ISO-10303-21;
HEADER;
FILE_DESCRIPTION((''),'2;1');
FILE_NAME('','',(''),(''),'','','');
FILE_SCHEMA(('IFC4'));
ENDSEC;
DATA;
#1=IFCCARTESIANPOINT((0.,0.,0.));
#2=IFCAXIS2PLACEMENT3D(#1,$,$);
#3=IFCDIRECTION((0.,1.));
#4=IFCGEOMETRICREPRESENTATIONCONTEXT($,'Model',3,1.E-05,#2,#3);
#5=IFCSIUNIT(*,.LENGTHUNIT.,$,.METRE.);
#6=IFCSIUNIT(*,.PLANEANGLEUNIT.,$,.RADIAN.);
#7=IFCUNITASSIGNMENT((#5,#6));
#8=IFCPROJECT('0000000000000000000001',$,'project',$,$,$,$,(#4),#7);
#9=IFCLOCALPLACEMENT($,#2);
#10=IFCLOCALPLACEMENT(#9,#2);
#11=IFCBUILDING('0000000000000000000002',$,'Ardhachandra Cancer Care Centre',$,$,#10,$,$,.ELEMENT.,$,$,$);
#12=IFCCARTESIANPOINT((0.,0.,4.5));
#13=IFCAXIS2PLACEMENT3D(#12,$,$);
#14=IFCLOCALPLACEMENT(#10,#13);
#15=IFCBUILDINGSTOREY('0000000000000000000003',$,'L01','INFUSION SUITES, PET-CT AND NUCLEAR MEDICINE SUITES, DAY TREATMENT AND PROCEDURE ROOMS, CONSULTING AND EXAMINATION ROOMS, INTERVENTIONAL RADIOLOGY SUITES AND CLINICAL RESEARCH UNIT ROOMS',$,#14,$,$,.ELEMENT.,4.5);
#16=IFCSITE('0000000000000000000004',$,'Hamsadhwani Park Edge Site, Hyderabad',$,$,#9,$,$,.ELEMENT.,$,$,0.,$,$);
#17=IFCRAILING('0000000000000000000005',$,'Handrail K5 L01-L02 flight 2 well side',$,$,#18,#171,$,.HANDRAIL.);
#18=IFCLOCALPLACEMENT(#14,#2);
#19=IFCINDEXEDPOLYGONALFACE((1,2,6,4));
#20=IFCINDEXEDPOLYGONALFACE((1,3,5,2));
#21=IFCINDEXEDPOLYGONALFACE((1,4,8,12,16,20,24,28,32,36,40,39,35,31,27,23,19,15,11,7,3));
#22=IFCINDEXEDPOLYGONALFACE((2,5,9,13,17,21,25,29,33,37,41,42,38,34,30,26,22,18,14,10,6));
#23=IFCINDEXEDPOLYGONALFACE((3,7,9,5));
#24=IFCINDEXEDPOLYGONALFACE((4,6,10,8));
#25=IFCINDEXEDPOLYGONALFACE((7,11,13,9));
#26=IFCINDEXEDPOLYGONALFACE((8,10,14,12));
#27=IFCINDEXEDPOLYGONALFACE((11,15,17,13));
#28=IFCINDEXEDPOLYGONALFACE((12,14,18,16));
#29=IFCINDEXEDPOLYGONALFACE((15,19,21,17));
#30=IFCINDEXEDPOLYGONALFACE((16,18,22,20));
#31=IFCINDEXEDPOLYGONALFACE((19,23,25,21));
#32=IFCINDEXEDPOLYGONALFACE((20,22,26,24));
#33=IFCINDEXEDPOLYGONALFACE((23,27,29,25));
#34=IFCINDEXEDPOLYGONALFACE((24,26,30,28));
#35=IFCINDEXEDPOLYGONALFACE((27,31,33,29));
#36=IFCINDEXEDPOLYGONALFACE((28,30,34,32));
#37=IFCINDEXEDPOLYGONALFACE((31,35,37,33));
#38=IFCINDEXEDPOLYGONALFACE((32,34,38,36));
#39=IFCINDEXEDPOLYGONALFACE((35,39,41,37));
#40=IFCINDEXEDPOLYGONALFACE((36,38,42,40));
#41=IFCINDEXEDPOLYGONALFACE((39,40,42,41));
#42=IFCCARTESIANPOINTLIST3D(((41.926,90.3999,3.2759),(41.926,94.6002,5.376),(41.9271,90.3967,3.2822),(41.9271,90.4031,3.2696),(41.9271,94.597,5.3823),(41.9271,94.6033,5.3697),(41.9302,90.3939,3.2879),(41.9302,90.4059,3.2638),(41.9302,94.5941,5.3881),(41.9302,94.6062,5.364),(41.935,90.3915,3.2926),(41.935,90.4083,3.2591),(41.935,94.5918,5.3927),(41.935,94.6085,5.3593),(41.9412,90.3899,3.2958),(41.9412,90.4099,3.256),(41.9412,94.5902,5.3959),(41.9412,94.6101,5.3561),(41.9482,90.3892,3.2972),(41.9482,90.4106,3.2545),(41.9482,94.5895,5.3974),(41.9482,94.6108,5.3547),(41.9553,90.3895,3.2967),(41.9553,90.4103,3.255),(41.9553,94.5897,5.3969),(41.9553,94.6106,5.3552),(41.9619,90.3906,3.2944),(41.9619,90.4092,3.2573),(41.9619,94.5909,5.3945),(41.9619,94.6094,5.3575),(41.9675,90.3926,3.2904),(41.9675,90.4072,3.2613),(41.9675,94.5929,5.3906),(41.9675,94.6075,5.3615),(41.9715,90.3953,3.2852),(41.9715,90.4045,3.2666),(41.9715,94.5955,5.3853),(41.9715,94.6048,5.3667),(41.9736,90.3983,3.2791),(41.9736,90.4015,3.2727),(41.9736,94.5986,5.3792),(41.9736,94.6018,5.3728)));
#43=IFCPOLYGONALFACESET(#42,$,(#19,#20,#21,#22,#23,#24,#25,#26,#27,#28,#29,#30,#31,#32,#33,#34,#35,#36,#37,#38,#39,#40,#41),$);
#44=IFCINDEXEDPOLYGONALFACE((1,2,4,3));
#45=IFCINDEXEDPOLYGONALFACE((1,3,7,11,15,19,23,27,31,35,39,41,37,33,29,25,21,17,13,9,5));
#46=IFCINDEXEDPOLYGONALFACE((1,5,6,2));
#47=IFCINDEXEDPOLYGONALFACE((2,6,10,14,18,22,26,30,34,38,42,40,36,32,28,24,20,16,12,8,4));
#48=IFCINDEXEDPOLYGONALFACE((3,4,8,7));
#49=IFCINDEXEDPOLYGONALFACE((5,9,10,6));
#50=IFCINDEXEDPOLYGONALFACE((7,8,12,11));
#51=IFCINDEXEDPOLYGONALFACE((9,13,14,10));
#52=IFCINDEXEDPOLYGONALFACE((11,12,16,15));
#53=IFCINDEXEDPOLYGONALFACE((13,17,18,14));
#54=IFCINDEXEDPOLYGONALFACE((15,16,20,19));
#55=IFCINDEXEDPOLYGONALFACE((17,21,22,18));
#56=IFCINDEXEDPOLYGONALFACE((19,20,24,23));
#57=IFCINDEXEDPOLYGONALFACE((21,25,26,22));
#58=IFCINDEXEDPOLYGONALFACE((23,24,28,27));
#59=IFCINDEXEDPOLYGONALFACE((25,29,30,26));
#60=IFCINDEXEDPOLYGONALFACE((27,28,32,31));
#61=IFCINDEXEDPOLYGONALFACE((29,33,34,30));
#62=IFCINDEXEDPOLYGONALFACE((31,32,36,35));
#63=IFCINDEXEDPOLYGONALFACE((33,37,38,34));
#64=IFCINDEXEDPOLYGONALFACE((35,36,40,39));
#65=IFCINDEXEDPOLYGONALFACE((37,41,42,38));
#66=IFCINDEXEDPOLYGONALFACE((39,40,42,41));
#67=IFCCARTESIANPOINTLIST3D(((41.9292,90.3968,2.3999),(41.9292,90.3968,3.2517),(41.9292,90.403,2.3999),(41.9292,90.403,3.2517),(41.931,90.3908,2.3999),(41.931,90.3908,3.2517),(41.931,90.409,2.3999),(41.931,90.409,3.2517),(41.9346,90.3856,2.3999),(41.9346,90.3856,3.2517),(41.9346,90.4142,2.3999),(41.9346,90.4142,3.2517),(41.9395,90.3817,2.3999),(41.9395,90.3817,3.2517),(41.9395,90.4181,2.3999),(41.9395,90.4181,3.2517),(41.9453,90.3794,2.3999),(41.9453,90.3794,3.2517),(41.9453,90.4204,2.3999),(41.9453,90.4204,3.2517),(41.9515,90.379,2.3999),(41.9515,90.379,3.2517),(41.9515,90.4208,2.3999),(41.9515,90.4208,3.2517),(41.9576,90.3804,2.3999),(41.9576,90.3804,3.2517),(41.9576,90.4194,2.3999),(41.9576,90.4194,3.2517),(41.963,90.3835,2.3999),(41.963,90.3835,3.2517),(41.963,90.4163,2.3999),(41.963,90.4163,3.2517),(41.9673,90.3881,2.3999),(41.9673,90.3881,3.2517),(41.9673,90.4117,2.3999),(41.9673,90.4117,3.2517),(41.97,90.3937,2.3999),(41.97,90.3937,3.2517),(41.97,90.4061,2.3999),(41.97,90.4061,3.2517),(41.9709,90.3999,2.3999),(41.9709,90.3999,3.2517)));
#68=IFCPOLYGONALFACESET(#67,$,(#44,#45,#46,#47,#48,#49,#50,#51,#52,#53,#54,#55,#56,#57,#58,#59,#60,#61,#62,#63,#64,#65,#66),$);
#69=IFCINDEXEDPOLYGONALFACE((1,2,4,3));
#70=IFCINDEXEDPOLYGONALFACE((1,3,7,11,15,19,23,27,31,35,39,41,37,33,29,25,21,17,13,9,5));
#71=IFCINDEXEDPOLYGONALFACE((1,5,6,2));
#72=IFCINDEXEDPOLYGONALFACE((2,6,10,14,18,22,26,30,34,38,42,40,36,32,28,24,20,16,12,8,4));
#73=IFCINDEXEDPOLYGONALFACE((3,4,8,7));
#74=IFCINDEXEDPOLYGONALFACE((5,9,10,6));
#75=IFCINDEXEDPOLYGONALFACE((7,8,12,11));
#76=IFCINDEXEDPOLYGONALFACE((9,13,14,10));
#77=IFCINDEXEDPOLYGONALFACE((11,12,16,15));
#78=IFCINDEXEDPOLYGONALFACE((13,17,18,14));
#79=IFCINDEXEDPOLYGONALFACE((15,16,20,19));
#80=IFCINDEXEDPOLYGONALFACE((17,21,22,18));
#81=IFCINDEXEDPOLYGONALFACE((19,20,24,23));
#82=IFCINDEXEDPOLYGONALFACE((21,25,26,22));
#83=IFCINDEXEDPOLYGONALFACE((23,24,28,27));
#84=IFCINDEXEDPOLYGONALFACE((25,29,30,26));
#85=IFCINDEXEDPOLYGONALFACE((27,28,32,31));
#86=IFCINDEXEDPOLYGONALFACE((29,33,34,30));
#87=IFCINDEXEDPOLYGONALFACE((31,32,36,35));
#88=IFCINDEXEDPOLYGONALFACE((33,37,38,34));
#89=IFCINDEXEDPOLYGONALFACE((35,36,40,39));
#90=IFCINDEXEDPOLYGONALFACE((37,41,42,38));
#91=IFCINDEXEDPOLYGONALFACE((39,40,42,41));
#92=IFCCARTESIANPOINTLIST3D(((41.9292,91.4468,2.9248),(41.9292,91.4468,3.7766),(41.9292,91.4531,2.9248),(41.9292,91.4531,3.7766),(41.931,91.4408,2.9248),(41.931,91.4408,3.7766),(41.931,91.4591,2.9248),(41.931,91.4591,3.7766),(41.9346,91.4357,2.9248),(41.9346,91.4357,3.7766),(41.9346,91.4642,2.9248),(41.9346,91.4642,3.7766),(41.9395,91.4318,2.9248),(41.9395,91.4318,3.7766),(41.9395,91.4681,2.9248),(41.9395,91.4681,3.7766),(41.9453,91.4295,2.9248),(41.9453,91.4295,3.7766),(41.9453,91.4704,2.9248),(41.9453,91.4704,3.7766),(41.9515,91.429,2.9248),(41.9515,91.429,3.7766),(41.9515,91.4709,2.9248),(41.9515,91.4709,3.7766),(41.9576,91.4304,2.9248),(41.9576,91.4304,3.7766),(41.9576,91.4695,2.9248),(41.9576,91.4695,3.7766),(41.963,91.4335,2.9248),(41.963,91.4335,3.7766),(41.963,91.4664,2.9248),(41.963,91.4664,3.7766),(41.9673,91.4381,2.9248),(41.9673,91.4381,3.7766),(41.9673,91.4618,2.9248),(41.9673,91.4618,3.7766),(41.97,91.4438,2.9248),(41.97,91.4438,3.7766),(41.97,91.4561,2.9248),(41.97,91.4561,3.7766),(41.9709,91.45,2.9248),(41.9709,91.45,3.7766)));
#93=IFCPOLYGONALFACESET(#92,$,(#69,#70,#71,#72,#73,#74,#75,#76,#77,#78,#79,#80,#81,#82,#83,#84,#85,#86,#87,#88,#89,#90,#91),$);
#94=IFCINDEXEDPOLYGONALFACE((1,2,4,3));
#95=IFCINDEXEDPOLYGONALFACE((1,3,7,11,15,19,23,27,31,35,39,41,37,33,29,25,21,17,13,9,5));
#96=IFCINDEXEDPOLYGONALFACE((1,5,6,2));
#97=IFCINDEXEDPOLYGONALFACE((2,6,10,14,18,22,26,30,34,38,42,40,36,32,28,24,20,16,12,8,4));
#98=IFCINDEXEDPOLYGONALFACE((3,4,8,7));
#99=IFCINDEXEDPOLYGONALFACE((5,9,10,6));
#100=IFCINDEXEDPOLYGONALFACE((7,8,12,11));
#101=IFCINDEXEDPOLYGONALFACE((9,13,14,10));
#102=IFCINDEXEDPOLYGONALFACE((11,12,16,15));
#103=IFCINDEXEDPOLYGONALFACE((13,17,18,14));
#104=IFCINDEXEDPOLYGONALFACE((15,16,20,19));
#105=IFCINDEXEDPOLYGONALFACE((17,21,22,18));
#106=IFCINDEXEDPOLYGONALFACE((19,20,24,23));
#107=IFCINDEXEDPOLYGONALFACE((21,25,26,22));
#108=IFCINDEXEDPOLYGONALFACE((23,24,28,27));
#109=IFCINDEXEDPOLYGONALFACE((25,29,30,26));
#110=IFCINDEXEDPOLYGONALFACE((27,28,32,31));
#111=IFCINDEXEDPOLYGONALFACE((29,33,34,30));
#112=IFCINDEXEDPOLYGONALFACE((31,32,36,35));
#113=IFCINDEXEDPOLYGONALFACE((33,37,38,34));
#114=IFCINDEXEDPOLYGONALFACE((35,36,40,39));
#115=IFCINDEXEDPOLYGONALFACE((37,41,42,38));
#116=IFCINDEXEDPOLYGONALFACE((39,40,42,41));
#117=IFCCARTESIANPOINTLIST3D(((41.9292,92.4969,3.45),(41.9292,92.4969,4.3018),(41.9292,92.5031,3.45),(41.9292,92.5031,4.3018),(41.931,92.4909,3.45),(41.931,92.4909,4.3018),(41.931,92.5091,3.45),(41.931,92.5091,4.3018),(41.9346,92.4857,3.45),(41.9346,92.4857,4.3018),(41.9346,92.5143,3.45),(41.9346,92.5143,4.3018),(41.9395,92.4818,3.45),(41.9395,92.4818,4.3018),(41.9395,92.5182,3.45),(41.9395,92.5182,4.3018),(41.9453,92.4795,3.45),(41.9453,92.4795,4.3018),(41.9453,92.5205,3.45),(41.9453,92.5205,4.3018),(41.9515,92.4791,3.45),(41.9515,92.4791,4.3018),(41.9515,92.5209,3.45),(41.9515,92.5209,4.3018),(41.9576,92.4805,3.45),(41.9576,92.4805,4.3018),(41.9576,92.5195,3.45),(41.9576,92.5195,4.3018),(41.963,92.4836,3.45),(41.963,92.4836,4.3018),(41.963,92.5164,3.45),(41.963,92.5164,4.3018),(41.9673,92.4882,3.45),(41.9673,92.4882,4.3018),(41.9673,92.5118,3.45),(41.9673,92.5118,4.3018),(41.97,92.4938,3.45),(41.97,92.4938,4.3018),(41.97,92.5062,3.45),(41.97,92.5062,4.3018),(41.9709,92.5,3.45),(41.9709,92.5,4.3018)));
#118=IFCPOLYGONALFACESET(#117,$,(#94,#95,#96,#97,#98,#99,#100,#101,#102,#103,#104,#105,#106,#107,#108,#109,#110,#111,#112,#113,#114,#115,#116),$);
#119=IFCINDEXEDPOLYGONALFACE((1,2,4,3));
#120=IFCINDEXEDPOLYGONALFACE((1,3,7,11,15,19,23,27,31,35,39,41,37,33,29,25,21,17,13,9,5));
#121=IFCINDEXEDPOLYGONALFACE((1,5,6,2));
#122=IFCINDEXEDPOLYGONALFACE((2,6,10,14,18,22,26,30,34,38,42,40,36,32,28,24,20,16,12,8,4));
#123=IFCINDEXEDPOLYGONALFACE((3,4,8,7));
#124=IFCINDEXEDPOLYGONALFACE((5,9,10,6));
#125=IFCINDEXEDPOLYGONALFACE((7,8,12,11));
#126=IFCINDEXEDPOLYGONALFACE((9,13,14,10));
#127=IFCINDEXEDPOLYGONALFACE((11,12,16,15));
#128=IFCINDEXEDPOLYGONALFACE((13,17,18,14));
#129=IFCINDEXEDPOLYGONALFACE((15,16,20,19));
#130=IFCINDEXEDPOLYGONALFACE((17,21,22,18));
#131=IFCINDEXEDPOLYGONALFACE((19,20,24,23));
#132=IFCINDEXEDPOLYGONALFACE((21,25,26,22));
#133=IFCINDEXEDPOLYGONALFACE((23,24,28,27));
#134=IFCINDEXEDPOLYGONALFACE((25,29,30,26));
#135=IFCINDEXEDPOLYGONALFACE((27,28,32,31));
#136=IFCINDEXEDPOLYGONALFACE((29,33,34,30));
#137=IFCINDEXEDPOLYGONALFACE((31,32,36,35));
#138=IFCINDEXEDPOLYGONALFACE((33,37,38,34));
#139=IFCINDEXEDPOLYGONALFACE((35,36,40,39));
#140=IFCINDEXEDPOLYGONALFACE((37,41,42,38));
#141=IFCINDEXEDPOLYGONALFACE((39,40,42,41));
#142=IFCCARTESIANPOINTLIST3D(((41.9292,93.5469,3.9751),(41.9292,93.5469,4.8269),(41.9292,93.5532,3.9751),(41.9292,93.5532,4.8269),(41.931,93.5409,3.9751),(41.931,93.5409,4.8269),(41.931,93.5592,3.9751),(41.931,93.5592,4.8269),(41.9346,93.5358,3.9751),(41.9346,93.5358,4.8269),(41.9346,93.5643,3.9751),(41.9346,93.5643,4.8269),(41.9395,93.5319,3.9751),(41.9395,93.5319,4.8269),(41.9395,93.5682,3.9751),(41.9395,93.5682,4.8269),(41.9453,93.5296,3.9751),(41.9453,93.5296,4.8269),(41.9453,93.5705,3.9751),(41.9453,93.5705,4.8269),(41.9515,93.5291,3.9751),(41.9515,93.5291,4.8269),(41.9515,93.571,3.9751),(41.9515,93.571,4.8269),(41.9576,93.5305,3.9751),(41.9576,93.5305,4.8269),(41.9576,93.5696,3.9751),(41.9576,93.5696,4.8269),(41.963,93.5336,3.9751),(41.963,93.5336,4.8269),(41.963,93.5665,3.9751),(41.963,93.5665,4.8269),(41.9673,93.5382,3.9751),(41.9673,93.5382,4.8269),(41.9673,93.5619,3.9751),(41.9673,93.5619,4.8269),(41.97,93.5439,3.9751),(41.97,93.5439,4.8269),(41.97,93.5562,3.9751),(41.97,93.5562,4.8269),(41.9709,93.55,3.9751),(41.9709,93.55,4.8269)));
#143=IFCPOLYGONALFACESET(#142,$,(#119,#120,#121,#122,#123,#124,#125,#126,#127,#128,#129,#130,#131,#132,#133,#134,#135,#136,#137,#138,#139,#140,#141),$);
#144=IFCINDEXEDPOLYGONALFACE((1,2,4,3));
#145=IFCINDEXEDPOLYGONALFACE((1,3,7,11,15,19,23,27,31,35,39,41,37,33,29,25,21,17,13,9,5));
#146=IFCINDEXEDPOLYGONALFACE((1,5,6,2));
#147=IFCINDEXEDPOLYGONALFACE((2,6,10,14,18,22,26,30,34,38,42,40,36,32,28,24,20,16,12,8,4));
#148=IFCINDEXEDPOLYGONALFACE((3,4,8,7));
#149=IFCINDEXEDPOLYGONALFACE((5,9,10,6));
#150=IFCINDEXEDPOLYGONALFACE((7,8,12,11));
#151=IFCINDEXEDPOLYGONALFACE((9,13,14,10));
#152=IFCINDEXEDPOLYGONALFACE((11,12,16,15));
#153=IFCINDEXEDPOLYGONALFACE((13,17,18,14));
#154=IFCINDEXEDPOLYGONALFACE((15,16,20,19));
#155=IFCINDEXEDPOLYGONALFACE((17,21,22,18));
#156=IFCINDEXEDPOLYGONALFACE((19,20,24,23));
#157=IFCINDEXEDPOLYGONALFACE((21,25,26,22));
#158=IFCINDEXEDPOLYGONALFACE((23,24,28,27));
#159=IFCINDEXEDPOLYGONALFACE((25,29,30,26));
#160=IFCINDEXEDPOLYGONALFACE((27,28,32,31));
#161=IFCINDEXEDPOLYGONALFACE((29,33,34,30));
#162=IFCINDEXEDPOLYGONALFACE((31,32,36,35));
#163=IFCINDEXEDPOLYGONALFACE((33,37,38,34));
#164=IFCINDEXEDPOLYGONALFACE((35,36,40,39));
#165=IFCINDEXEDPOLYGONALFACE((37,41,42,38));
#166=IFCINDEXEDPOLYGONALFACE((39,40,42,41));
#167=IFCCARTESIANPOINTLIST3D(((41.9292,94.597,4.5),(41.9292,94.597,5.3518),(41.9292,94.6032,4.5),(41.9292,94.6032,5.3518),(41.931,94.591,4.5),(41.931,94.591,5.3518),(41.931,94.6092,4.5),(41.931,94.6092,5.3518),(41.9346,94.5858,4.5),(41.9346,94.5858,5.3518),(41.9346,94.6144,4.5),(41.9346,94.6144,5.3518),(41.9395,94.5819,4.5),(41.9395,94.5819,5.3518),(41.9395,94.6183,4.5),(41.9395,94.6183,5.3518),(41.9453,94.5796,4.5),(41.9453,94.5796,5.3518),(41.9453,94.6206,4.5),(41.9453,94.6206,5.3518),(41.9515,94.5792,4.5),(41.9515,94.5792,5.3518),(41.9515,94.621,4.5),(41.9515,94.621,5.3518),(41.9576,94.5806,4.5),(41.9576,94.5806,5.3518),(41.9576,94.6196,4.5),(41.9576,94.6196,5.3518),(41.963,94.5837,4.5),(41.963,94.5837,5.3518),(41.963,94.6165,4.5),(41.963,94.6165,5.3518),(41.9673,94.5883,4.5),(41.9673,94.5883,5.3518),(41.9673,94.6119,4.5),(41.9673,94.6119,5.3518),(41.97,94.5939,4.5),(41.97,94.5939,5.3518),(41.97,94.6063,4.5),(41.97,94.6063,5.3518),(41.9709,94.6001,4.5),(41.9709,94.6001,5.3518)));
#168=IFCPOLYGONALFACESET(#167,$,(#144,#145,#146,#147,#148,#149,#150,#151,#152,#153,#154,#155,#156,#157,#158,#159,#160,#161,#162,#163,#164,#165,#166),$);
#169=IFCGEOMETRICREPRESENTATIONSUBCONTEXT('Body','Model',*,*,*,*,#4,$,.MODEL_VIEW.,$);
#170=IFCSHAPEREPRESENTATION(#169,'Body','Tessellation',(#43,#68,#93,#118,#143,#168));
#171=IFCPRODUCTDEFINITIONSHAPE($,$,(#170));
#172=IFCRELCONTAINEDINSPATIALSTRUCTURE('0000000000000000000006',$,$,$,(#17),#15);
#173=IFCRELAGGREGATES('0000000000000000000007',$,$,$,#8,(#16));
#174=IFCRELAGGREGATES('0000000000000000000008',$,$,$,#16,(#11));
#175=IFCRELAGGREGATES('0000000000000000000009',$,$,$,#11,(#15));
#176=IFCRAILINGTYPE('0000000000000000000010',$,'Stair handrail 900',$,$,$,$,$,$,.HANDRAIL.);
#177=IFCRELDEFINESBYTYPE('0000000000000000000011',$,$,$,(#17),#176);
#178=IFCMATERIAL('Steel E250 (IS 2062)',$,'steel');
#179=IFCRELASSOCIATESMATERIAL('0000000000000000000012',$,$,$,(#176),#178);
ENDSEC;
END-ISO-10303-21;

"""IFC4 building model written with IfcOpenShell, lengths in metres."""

from ifc_helpers import new_model, si_unit, direction, frame, origin, origin_2d, place, context, subcontext, project, spatial, circle, extrude, material, type_object, element, save


model = new_model("IFC4")

# Units and contexts
model_context = context("Model", 3, precision=1e-05, world=origin(), true_north=direction((0.0, 1.0)))
body_context = subcontext(model_context, "Body", "Model", "MODEL_VIEW")
ifc_project = project(units=[si_unit("LENGTHUNIT", "METRE"), si_unit("PLANEANGLEUNIT", "RADIAN")], contexts=[model_context])

# Site, building, storey
site_placement = place(None, origin())
site = spatial("IfcSite", under=ifc_project, at=site_placement, Name="Hamsadhwani Park Edge Site, Hyderabad", CompositionType="ELEMENT", RefElevation=0.0)
building_placement = place(site_placement, origin())
building = spatial("IfcBuilding", under=site, at=building_placement, Name="Ardhachandra Cancer Care Centre", CompositionType="ELEMENT")
storey_placement = place(building_placement, frame((0.0, 0.0, 4.5)))
storey = spatial("IfcBuildingStorey", under=building, at=storey_placement, Name="L01", Description="INFUSION SUITES, PET-CT AND NUCLEAR MEDICINE SUITES, DAY TREATMENT AND PROCEDURE ROOMS, CONSULTING AND EXAMINATION ROOMS, INTERVENTIONAL RADIOLOGY SUITES AND CLINICAL RESEARCH UNIT ROOMS", CompositionType="ELEMENT", Elevation=4.5)

# Railing
ifc_material_1 = material(Name="Steel E250 (IS 2062)", Category="steel")
railing_type_1 = type_object("IfcRailingType", Name="Stair handrail 900", PredefinedType="HANDRAIL", material=ifc_material_1)
railing_1_placement = place(storey_placement, frame((41.95, 90.3999, 2.3999)))
element("IfcRailing", 1, at=railing_1_placement, inside=storey, type_object=railing_type_1, Name="Handrail K5 L01-L02 flight 2 well side", PredefinedType="HANDRAIL", context=body_context, shape_type="SweptSolid", body=[
    extrude(circle(Radius=0.0239, at=origin_2d()), frame((0.0, 0.0, 0.876), z_axis=(0.0, 0.894427, 0.447214), x_axis=(-1.0, 0.0, 0.0)), (0.0, 0.0, 1.0), 4.696),
    extrude(circle(Radius=0.021, at=origin_2d()), origin(), (0.0, 0.0, 1.0), 0.8518),
    extrude(circle(Radius=0.021, at=origin_2d()), frame((0.0, 1.05, 0.5249)), (0.0, 0.0, 1.0), 0.8518),
    extrude(circle(Radius=0.021, at=origin_2d()), frame((0.0, 2.1001, 1.05)), (0.0, 0.0, 1.0), 0.8518),
    extrude(circle(Radius=0.021, at=origin_2d()), frame((0.0, 3.1501, 1.5752)), (0.0, 0.0, 1.0), 0.8518),
    extrude(circle(Radius=0.021, at=origin_2d()), frame((0.0, 4.2002, 2.1001)), (0.0, 0.0, 1.0), 0.8518),
])

save(model, "model.ifc")
